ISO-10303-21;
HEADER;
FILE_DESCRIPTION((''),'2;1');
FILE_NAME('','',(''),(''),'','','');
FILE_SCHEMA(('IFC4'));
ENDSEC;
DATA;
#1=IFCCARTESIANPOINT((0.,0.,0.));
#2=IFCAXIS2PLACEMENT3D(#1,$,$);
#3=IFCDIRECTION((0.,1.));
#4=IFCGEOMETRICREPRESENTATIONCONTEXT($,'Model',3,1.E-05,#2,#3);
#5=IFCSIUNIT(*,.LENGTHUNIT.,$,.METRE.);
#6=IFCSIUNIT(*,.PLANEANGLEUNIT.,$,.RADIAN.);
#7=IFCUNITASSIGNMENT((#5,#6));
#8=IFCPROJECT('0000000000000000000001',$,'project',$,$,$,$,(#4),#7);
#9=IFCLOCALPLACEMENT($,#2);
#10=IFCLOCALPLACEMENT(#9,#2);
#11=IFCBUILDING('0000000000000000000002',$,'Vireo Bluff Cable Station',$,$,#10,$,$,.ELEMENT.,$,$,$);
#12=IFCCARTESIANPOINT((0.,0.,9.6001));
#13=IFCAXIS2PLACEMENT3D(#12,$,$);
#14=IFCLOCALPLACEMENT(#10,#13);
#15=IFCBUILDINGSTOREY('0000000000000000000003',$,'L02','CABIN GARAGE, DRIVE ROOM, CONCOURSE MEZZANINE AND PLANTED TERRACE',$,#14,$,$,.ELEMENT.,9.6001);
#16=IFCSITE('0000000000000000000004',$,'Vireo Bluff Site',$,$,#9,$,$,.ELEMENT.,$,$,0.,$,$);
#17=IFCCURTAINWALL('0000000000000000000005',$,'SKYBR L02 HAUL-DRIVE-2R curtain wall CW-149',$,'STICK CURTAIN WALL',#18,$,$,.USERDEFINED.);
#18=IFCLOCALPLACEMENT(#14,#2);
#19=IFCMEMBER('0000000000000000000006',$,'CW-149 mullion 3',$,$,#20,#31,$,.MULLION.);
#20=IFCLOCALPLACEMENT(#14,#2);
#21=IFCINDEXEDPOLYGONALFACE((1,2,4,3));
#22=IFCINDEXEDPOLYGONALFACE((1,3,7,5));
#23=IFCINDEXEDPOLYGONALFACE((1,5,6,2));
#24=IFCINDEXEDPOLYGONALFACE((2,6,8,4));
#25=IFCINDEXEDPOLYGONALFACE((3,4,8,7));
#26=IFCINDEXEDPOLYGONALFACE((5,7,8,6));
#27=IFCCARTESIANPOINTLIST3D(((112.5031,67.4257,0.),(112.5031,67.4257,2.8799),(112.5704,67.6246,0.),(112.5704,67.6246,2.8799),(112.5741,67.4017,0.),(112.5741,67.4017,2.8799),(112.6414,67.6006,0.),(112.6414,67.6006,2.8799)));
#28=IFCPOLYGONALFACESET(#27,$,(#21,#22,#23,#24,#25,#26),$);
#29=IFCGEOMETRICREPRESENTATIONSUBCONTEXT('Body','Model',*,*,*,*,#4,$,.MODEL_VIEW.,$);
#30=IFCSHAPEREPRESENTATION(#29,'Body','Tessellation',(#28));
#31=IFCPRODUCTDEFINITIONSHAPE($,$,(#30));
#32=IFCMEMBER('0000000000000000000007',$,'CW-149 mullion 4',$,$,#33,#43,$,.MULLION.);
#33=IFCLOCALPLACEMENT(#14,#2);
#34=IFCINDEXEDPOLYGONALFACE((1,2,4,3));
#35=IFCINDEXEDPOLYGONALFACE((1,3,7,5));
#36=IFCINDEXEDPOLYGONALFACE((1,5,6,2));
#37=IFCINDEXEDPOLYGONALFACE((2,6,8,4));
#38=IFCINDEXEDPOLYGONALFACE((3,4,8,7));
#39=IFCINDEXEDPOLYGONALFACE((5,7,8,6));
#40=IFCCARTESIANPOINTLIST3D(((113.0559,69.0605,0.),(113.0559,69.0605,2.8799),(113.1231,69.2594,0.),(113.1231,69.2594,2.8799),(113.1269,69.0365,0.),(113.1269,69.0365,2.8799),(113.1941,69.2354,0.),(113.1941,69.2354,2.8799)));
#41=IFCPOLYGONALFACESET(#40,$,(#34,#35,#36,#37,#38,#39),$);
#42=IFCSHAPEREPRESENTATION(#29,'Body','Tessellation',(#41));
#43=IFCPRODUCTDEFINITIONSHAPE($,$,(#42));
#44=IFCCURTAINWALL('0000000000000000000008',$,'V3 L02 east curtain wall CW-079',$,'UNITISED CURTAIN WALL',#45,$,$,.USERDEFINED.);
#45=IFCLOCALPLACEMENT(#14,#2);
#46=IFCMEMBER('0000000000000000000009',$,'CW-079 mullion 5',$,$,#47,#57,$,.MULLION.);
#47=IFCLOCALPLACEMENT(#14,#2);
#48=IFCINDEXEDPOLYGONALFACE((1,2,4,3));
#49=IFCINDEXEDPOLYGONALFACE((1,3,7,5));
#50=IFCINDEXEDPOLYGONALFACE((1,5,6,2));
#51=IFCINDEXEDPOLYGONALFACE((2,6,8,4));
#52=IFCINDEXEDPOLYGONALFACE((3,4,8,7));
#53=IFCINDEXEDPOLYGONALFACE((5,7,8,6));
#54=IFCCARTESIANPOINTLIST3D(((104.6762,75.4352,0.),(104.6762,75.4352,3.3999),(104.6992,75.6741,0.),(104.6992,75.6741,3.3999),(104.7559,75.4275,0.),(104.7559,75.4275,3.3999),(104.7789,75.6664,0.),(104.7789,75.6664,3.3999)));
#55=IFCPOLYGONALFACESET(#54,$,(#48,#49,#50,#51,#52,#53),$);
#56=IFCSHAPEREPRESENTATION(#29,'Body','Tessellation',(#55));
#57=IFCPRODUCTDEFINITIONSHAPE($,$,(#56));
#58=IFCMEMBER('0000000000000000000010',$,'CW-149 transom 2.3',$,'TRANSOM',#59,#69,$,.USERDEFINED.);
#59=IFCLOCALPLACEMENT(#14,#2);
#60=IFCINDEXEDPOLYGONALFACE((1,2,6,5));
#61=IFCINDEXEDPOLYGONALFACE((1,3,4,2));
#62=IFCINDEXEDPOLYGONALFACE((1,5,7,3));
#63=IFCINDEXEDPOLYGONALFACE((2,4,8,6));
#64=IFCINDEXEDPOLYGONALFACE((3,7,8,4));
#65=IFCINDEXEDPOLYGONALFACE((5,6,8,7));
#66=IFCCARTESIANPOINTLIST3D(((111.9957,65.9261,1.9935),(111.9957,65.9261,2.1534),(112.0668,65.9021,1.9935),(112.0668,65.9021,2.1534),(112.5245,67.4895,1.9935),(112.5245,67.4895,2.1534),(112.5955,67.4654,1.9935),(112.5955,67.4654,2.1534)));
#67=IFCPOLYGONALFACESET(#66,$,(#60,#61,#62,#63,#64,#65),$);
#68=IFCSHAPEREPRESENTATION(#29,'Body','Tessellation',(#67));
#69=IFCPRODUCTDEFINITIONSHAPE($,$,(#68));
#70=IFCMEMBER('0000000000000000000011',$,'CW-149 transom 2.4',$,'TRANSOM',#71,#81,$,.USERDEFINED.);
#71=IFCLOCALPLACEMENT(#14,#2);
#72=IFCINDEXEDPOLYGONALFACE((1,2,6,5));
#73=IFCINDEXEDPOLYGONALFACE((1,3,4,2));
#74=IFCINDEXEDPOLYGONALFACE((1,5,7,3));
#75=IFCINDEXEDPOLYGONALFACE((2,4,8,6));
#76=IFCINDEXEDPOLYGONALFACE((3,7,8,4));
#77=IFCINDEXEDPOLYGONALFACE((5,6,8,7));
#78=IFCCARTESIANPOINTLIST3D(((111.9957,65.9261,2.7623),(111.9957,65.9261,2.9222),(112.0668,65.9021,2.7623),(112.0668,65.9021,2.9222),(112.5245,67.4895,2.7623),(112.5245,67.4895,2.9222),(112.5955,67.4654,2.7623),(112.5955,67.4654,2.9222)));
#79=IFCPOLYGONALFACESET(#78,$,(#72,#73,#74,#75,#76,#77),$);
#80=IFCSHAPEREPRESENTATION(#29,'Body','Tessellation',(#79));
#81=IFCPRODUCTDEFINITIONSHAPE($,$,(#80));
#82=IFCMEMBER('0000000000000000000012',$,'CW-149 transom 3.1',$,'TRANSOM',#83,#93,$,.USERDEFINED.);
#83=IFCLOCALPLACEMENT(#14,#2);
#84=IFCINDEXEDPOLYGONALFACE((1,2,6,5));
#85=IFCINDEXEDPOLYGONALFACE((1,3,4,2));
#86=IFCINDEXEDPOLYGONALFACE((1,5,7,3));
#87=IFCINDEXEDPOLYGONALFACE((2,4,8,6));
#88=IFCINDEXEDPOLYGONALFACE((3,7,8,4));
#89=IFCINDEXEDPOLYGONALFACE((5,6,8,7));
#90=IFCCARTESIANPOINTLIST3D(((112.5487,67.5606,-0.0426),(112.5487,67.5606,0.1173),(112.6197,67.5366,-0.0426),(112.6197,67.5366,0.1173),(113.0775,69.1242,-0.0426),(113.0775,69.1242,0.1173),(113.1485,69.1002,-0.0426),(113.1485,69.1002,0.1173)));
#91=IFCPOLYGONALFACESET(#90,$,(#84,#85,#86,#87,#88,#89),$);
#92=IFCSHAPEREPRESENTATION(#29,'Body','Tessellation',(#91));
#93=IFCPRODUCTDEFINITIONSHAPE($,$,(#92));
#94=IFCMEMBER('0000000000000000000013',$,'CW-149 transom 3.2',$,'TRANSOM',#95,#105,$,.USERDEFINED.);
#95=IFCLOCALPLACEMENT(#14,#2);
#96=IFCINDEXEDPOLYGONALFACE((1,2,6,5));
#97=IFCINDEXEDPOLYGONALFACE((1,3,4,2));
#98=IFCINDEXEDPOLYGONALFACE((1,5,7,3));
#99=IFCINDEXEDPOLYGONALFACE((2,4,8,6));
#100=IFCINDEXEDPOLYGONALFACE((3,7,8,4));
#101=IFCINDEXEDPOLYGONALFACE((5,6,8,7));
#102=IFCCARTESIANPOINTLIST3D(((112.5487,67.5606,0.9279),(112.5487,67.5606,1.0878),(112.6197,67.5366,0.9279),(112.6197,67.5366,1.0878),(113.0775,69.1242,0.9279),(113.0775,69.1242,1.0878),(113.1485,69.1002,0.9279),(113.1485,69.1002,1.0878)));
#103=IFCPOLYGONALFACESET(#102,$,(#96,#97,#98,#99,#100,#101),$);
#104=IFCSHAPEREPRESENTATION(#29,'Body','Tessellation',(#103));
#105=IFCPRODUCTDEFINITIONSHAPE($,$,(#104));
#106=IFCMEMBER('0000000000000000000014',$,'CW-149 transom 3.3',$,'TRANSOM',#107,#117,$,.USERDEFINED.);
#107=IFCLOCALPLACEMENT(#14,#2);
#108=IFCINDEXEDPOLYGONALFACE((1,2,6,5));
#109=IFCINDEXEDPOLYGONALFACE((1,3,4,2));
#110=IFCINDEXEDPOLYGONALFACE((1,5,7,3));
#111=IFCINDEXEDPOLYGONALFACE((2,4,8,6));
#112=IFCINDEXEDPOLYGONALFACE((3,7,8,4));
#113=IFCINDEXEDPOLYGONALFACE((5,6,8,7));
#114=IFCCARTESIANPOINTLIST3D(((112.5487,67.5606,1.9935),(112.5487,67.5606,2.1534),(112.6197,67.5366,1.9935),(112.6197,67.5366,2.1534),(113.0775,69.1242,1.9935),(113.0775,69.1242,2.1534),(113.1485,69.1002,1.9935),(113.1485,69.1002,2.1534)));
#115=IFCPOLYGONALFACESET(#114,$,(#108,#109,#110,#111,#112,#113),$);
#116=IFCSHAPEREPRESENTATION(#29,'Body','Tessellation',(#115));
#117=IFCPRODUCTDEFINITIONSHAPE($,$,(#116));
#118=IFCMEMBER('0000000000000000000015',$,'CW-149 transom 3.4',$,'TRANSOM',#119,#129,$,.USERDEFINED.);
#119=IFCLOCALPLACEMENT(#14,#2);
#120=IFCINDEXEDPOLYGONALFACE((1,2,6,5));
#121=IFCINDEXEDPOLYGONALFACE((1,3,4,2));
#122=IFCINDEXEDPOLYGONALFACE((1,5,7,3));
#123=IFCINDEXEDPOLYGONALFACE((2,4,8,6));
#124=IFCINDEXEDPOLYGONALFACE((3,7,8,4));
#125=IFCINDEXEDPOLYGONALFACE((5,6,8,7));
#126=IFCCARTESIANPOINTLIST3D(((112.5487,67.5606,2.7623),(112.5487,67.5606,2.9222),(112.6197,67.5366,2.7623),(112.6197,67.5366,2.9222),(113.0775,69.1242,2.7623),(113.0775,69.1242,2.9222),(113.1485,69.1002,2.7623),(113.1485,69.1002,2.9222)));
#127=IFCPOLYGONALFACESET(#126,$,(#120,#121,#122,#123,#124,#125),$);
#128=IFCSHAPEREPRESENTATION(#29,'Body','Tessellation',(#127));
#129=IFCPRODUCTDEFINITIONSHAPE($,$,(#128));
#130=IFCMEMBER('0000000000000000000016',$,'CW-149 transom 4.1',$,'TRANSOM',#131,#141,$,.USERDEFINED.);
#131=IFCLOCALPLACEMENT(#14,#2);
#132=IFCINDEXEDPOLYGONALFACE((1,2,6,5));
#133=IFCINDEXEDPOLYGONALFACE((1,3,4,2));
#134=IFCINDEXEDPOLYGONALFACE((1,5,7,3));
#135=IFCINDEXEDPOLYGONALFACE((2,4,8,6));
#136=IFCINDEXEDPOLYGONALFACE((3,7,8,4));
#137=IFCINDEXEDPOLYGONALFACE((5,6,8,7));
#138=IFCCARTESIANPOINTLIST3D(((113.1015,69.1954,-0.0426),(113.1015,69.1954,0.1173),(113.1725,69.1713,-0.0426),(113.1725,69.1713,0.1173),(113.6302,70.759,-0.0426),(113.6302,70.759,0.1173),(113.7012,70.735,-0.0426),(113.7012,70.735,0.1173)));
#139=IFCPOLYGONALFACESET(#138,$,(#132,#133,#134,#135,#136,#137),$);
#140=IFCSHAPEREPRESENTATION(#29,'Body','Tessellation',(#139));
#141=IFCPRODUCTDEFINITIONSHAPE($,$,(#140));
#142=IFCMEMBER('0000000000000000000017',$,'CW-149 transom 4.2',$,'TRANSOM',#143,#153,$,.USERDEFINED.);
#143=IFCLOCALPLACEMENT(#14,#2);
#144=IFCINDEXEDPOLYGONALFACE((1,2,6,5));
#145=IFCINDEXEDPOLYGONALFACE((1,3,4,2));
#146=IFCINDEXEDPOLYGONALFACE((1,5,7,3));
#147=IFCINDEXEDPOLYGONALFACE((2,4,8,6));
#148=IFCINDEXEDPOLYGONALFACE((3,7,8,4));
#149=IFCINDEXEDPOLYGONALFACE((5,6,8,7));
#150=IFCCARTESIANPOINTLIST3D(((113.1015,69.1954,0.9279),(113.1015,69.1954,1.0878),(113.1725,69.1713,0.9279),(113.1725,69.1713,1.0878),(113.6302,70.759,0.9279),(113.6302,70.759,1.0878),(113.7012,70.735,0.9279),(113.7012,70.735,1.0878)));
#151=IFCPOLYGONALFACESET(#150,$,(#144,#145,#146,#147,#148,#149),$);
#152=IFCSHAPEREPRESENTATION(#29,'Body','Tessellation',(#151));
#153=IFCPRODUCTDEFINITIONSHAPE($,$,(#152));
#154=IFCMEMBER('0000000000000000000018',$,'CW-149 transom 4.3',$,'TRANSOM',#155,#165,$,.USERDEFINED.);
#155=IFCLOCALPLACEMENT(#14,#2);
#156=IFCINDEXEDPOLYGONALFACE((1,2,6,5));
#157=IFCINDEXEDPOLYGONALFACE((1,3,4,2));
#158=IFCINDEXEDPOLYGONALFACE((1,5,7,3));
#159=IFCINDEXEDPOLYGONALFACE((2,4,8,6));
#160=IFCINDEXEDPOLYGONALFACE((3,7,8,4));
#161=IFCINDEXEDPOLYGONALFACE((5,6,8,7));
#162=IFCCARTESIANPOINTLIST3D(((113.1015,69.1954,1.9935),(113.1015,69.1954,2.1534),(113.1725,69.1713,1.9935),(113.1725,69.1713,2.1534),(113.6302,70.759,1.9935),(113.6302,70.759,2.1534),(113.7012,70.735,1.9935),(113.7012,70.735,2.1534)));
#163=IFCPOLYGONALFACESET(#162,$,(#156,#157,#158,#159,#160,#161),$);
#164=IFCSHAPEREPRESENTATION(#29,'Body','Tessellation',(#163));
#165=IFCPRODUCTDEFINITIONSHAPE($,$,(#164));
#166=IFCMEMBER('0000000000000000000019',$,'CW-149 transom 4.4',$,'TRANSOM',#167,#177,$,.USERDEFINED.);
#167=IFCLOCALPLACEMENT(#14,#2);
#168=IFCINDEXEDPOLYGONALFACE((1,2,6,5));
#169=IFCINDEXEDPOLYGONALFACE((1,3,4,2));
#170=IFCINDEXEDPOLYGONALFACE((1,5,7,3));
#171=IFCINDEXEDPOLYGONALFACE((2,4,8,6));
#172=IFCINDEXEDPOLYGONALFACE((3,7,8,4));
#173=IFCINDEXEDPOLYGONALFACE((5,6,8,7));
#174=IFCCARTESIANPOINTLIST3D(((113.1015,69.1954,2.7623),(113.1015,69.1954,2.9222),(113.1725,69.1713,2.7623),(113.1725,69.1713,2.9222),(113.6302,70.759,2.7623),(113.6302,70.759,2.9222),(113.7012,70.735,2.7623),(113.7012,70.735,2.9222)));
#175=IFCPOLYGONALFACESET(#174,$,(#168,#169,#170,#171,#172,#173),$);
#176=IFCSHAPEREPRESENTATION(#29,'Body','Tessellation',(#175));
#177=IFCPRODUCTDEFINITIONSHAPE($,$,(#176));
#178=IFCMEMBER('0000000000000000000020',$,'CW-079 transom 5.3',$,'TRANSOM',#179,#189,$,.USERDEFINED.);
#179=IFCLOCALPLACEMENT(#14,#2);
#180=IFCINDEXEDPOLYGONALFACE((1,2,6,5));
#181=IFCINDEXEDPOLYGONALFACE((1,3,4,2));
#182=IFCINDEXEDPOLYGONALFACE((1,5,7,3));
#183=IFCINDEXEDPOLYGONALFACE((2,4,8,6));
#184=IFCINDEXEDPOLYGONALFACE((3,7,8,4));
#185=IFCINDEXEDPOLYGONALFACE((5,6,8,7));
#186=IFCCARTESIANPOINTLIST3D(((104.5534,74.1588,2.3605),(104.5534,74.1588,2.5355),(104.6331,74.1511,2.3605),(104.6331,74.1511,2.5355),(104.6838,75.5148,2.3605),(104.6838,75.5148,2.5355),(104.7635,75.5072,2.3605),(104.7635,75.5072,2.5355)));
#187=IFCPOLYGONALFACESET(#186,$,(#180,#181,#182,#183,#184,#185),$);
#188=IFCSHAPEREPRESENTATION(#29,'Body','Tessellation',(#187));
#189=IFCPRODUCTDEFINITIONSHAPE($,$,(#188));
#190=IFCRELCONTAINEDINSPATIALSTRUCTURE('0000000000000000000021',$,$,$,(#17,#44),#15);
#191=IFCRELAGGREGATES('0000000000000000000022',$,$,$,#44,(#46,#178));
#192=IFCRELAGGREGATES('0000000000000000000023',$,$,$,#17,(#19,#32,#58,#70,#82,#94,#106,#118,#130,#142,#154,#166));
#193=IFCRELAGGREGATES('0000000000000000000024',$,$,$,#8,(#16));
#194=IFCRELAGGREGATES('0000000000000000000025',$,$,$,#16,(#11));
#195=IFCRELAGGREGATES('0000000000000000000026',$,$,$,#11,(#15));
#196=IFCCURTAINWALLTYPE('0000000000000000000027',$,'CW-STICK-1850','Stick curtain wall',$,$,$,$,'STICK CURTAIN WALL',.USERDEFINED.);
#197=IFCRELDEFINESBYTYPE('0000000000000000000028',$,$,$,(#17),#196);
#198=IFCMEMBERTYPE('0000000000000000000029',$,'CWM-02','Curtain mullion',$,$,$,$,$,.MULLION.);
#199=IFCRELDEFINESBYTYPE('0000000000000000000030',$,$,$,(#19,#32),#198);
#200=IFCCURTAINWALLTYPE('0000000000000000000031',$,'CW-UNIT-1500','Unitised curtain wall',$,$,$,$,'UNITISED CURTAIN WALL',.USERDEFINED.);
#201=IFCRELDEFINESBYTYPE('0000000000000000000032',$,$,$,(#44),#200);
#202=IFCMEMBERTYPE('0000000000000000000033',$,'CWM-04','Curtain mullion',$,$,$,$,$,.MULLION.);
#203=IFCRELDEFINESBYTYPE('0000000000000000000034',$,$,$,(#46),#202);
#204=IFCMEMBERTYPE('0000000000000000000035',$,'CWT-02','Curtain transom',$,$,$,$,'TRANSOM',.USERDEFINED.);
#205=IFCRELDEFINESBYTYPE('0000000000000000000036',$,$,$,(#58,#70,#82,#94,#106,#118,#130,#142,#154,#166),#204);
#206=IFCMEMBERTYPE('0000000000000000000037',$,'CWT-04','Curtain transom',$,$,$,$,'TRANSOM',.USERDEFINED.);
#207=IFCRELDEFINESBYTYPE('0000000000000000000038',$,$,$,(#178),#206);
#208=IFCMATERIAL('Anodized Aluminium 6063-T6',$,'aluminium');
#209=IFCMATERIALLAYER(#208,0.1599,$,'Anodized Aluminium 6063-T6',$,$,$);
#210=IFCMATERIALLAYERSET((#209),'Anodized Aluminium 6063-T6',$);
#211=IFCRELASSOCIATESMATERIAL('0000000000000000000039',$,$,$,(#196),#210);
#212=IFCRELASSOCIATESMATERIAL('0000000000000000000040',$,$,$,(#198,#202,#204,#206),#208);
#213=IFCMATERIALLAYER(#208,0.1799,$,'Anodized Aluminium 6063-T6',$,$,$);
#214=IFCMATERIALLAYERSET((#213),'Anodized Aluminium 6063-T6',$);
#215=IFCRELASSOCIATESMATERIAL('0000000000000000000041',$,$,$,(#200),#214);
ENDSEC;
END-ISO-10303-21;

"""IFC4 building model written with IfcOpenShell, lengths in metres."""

from ifc_helpers import new_model, si_unit, direction, frame, origin, origin_2d, place, context, subcontext, project, spatial, rectangle, extrude, material, layer, layer_set, material_profile, profile_set, type_object, element, aggregate, save


model = new_model("IFC4")

# Units and contexts
model_context = context("Model", 3, precision=1e-05, world=origin(), true_north=direction((0.0, 1.0)))
body_context = subcontext(model_context, "Body", "Model", "MODEL_VIEW")
ifc_project = project(units=[si_unit("LENGTHUNIT", "METRE"), si_unit("PLANEANGLEUNIT", "RADIAN")], contexts=[model_context])

# Site, building, storey
site_placement = place(None, origin())
site = spatial("IfcSite", under=ifc_project, at=site_placement, Name="Vireo Bluff Site", CompositionType="ELEMENT", RefElevation=0.0)
building_placement = place(site_placement, origin())
building = spatial("IfcBuilding", under=site, at=building_placement, Name="Vireo Bluff Cable Station", CompositionType="ELEMENT")
storey_placement = place(building_placement, frame((0.0, 0.0, 9.6001)))
storey = spatial("IfcBuildingStorey", under=building, at=storey_placement, Name="L02", Description="CABIN GARAGE, DRIVE ROOM, CONCOURSE MEZZANINE AND PLANTED TERRACE", CompositionType="ELEMENT", Elevation=9.6001)

# Curtain wall, members
ifc_material_1 = material(Name="Anodized Aluminium 6063-T6", Category="aluminium")
ifc_layer_1 = layer(ifc_material_1, 0.1599, Name="Anodized Aluminium 6063-T6")
ifc_layer_set_1 = layer_set([ifc_layer_1], Name="Anodized Aluminium 6063-T6")
curtain_wall_type_1 = type_object("IfcCurtainWallType", Name="CW-STICK-1850", Description="Stick curtain wall", ElementType="STICK CURTAIN WALL", PredefinedType="USERDEFINED", material=ifc_layer_set_1)
curtain_wall_1_placement = place(storey_placement, origin())
curtain_wall_1 = element("IfcCurtainWall", 1, at=curtain_wall_1_placement, inside=storey, type_object=curtain_wall_type_1, Name="SKYBR L02 HAUL-DRIVE-2R curtain wall CW-149", ObjectType="STICK CURTAIN WALL", PredefinedType="USERDEFINED")
ifc_material_profile_1 = material_profile(ifc_material_1, rectangle(XDim=0.075, YDim=0.21, at=origin_2d()), Name="ALU-M-75X210")
ifc_profile_set_1 = profile_set([ifc_material_profile_1], Name="Anodized Aluminium 6063-T6")
member_type_1 = type_object("IfcMemberType", Name="CWM-02", Description="Curtain mullion", PredefinedType="MULLION", material=ifc_profile_set_1)
member_1_placement = place(storey_placement, frame((112.5723, 67.5132, 0.0), z_axis=(0.0, 0.0, 1.0), x_axis=(-0.947295, 0.320362, 0.0)))
member_1 = element("IfcMember", 2, at=member_1_placement, type_object=member_type_1, Name="CW-149 mullion 3", PredefinedType="MULLION", context=body_context, shape_type="SweptSolid", body=[
    extrude(rectangle(XDim=0.075, YDim=0.21, at=origin_2d()), origin(), (0.0, 0.0, 1.0), 2.8799),
])
member_2_placement = place(storey_placement, frame((113.125, 69.1479, 0.0), z_axis=(0.0, 0.0, 1.0), x_axis=(-0.947295, 0.320362, 0.0)))
member_2 = element("IfcMember", 3, at=member_2_placement, type_object=member_type_1, Name="CW-149 mullion 4", PredefinedType="MULLION", context=body_context, shape_type="SweptSolid", body=[
    extrude(rectangle(XDim=0.075, YDim=0.21, at=origin_2d()), origin(), (0.0, 0.0, 1.0), 2.8799),
])

# Curtain wall, member
ifc_layer_2 = layer(ifc_material_1, 0.1799, Name="Anodized Aluminium 6063-T6")
ifc_layer_set_2 = layer_set([ifc_layer_2], Name="Anodized Aluminium 6063-T6")
curtain_wall_type_2 = type_object("IfcCurtainWallType", Name="CW-UNIT-1500", Description="Unitised curtain wall", ElementType="UNITISED CURTAIN WALL", PredefinedType="USERDEFINED", material=ifc_layer_set_2)
curtain_wall_2_placement = place(storey_placement, origin())
curtain_wall_2 = element("IfcCurtainWall", 4, at=curtain_wall_2_placement, inside=storey, type_object=curtain_wall_type_2, Name="V3 L02 east curtain wall CW-079", ObjectType="UNITISED CURTAIN WALL", PredefinedType="USERDEFINED")
ifc_material_profile_2 = material_profile(ifc_material_1, rectangle(XDim=0.0801, YDim=0.24, at=origin_2d()), Name="ALU-M-80X240")
ifc_profile_set_2 = profile_set([ifc_material_profile_2], Name="Anodized Aluminium 6063-T6")
member_type_2 = type_object("IfcMemberType", Name="CWM-04", Description="Curtain mullion", PredefinedType="MULLION", material=ifc_profile_set_2)
member_3_placement = place(storey_placement, frame((104.7275, 75.5508, 0.0), z_axis=(0.0, 0.0, 1.0), x_axis=(0.995396, -0.095846, 0.0)))
member_3 = element("IfcMember", 5, at=member_3_placement, type_object=member_type_2, Name="CW-079 mullion 5", PredefinedType="MULLION", context=body_context, shape_type="SweptSolid", body=[
    extrude(rectangle(XDim=0.0801, YDim=0.24, at=origin_2d()), origin(), (0.0, 0.0, 1.0), 3.3999),
])

# Members
ifc_material_profile_3 = material_profile(ifc_material_1, rectangle(XDim=0.075, YDim=0.1599, at=origin_2d()), Name="ALU-T-75X160")
ifc_profile_set_3 = profile_set([ifc_material_profile_3], Name="Anodized Aluminium 6063-T6")
member_type_3 = type_object("IfcMemberType", Name="CWT-02", Description="Curtain transom", ElementType="TRANSOM", PredefinedType="USERDEFINED", material=ifc_profile_set_3)
member_4_placement = place(storey_placement, frame((112.0312, 65.9141, 2.0735), z_axis=(0.320396, 0.947284, 0.0), x_axis=(-0.947284, 0.320396, 0.0)))
member_4 = element("IfcMember", 6, at=member_4_placement, type_object=member_type_3, Name="CW-149 transom 2.3", ObjectType="TRANSOM", PredefinedType="USERDEFINED", context=body_context, shape_type="SweptSolid", body=[
    extrude(rectangle(XDim=0.075, YDim=0.1599, at=origin_2d()), origin(), (0.0, 0.0, 1.0), 1.6504),
])
member_5_placement = place(storey_placement, frame((112.0312, 65.9141, 2.8423), z_axis=(0.320396, 0.947284, 0.0), x_axis=(-0.947284, 0.320396, 0.0)))
member_5 = element("IfcMember", 7, at=member_5_placement, type_object=member_type_3, Name="CW-149 transom 2.4", ObjectType="TRANSOM", PredefinedType="USERDEFINED", context=body_context, shape_type="SweptSolid", body=[
    extrude(rectangle(XDim=0.075, YDim=0.1599, at=origin_2d()), origin(), (0.0, 0.0, 1.0), 1.6504),
])
member_6_placement = place(storey_placement, frame((112.5842, 67.5486, 0.0374), z_axis=(0.320351, 0.947299, 0.0), x_axis=(-0.947299, 0.320351, 0.0)))
member_6 = element("IfcMember", 8, at=member_6_placement, type_object=member_type_3, Name="CW-149 transom 3.1", ObjectType="TRANSOM", PredefinedType="USERDEFINED", context=body_context, shape_type="SweptSolid", body=[
    extrude(rectangle(XDim=0.075, YDim=0.1599, at=origin_2d()), origin(), (0.0, 0.0, 1.0), 1.6506),
])
member_7_placement = place(storey_placement, frame((112.5842, 67.5486, 1.0078), z_axis=(0.320351, 0.947299, 0.0), x_axis=(-0.947299, 0.320351, 0.0)))
member_7 = element("IfcMember", 9, at=member_7_placement, type_object=member_type_3, Name="CW-149 transom 3.2", ObjectType="TRANSOM", PredefinedType="USERDEFINED", context=body_context, shape_type="SweptSolid", body=[
    extrude(rectangle(XDim=0.075, YDim=0.1599, at=origin_2d()), origin(), (0.0, 0.0, 1.0), 1.6506),
])
member_8_placement = place(storey_placement, frame((112.5842, 67.5486, 2.0735), z_axis=(0.320351, 0.947299, 0.0), x_axis=(-0.947299, 0.320351, 0.0)))
member_8 = element("IfcMember", 10, at=member_8_placement, type_object=member_type_3, Name="CW-149 transom 3.3", ObjectType="TRANSOM", PredefinedType="USERDEFINED", context=body_context, shape_type="SweptSolid", body=[
    extrude(rectangle(XDim=0.075, YDim=0.1599, at=origin_2d()), origin(), (0.0, 0.0, 1.0), 1.6506),
])
member_9_placement = place(storey_placement, frame((112.5842, 67.5486, 2.8423), z_axis=(0.320351, 0.947299, 0.0), x_axis=(-0.947299, 0.320351, 0.0)))
member_9 = element("IfcMember", 11, at=member_9_placement, type_object=member_type_3, Name="CW-149 transom 3.4", ObjectType="TRANSOM", PredefinedType="USERDEFINED", context=body_context, shape_type="SweptSolid", body=[
    extrude(rectangle(XDim=0.075, YDim=0.1599, at=origin_2d()), origin(), (0.0, 0.0, 1.0), 1.6506),
])
member_10_placement = place(storey_placement, frame((113.137, 69.1833, 0.0374), z_axis=(0.320351, 0.947299, 0.0), x_axis=(-0.947299, 0.320351, 0.0)))
member_10 = element("IfcMember", 12, at=member_10_placement, type_object=member_type_3, Name="CW-149 transom 4.1", ObjectType="TRANSOM", PredefinedType="USERDEFINED", context=body_context, shape_type="SweptSolid", body=[
    extrude(rectangle(XDim=0.075, YDim=0.1599, at=origin_2d()), origin(), (0.0, 0.0, 1.0), 1.6506),
])
member_11_placement = place(storey_placement, frame((113.137, 69.1833, 1.0078), z_axis=(0.320351, 0.947299, 0.0), x_axis=(-0.947299, 0.320351, 0.0)))
member_11 = element("IfcMember", 13, at=member_11_placement, type_object=member_type_3, Name="CW-149 transom 4.2", ObjectType="TRANSOM", PredefinedType="USERDEFINED", context=body_context, shape_type="SweptSolid", body=[
    extrude(rectangle(XDim=0.075, YDim=0.1599, at=origin_2d()), origin(), (0.0, 0.0, 1.0), 1.6506),
])
member_12_placement = place(storey_placement, frame((113.137, 69.1833, 2.0735), z_axis=(0.320351, 0.947299, 0.0), x_axis=(-0.947299, 0.320351, 0.0)))
member_12 = element("IfcMember", 14, at=member_12_placement, type_object=member_type_3, Name="CW-149 transom 4.3", ObjectType="TRANSOM", PredefinedType="USERDEFINED", context=body_context, shape_type="SweptSolid", body=[
    extrude(rectangle(XDim=0.075, YDim=0.1599, at=origin_2d()), origin(), (0.0, 0.0, 1.0), 1.6506),
])
member_13_placement = place(storey_placement, frame((113.137, 69.1833, 2.8423), z_axis=(0.320351, 0.947299, 0.0), x_axis=(-0.947299, 0.320351, 0.0)))
member_13 = element("IfcMember", 15, at=member_13_placement, type_object=member_type_3, Name="CW-149 transom 4.4", ObjectType="TRANSOM", PredefinedType="USERDEFINED", context=body_context, shape_type="SweptSolid", body=[
    extrude(rectangle(XDim=0.075, YDim=0.1599, at=origin_2d()), origin(), (0.0, 0.0, 1.0), 1.6506),
])
ifc_material_profile_4 = material_profile(ifc_material_1, rectangle(XDim=0.0801, YDim=0.175, at=origin_2d()), Name="ALU-T-80X175")
ifc_profile_set_4 = profile_set([ifc_material_profile_4], Name="Anodized Aluminium 6063-T6")
member_type_4 = type_object("IfcMemberType", Name="CWT-04", Description="Curtain transom", ElementType="TRANSOM", PredefinedType="USERDEFINED", material=ifc_profile_set_4)
member_14_placement = place(storey_placement, frame((104.7236, 75.511, 2.448), z_axis=(-0.095706, -0.99541, 0.0), x_axis=(0.99541, -0.095706, 0.0)))
member_14 = element("IfcMember", 16, at=member_14_placement, type_object=member_type_4, Name="CW-079 transom 5.3", ObjectType="TRANSOM", PredefinedType="USERDEFINED", context=body_context, shape_type="SweptSolid", body=[
    extrude(rectangle(XDim=0.0801, YDim=0.175, at=origin_2d()), origin(), (0.0, 0.0, 1.0), 1.3623),
])
aggregate(curtain_wall_2, [member_3, member_14])

aggregate(curtain_wall_1, [member_1, member_2, member_4, member_5, member_6, member_7, member_8, member_9, member_10, member_11, member_12, member_13])

save(model, "model.ifc")
